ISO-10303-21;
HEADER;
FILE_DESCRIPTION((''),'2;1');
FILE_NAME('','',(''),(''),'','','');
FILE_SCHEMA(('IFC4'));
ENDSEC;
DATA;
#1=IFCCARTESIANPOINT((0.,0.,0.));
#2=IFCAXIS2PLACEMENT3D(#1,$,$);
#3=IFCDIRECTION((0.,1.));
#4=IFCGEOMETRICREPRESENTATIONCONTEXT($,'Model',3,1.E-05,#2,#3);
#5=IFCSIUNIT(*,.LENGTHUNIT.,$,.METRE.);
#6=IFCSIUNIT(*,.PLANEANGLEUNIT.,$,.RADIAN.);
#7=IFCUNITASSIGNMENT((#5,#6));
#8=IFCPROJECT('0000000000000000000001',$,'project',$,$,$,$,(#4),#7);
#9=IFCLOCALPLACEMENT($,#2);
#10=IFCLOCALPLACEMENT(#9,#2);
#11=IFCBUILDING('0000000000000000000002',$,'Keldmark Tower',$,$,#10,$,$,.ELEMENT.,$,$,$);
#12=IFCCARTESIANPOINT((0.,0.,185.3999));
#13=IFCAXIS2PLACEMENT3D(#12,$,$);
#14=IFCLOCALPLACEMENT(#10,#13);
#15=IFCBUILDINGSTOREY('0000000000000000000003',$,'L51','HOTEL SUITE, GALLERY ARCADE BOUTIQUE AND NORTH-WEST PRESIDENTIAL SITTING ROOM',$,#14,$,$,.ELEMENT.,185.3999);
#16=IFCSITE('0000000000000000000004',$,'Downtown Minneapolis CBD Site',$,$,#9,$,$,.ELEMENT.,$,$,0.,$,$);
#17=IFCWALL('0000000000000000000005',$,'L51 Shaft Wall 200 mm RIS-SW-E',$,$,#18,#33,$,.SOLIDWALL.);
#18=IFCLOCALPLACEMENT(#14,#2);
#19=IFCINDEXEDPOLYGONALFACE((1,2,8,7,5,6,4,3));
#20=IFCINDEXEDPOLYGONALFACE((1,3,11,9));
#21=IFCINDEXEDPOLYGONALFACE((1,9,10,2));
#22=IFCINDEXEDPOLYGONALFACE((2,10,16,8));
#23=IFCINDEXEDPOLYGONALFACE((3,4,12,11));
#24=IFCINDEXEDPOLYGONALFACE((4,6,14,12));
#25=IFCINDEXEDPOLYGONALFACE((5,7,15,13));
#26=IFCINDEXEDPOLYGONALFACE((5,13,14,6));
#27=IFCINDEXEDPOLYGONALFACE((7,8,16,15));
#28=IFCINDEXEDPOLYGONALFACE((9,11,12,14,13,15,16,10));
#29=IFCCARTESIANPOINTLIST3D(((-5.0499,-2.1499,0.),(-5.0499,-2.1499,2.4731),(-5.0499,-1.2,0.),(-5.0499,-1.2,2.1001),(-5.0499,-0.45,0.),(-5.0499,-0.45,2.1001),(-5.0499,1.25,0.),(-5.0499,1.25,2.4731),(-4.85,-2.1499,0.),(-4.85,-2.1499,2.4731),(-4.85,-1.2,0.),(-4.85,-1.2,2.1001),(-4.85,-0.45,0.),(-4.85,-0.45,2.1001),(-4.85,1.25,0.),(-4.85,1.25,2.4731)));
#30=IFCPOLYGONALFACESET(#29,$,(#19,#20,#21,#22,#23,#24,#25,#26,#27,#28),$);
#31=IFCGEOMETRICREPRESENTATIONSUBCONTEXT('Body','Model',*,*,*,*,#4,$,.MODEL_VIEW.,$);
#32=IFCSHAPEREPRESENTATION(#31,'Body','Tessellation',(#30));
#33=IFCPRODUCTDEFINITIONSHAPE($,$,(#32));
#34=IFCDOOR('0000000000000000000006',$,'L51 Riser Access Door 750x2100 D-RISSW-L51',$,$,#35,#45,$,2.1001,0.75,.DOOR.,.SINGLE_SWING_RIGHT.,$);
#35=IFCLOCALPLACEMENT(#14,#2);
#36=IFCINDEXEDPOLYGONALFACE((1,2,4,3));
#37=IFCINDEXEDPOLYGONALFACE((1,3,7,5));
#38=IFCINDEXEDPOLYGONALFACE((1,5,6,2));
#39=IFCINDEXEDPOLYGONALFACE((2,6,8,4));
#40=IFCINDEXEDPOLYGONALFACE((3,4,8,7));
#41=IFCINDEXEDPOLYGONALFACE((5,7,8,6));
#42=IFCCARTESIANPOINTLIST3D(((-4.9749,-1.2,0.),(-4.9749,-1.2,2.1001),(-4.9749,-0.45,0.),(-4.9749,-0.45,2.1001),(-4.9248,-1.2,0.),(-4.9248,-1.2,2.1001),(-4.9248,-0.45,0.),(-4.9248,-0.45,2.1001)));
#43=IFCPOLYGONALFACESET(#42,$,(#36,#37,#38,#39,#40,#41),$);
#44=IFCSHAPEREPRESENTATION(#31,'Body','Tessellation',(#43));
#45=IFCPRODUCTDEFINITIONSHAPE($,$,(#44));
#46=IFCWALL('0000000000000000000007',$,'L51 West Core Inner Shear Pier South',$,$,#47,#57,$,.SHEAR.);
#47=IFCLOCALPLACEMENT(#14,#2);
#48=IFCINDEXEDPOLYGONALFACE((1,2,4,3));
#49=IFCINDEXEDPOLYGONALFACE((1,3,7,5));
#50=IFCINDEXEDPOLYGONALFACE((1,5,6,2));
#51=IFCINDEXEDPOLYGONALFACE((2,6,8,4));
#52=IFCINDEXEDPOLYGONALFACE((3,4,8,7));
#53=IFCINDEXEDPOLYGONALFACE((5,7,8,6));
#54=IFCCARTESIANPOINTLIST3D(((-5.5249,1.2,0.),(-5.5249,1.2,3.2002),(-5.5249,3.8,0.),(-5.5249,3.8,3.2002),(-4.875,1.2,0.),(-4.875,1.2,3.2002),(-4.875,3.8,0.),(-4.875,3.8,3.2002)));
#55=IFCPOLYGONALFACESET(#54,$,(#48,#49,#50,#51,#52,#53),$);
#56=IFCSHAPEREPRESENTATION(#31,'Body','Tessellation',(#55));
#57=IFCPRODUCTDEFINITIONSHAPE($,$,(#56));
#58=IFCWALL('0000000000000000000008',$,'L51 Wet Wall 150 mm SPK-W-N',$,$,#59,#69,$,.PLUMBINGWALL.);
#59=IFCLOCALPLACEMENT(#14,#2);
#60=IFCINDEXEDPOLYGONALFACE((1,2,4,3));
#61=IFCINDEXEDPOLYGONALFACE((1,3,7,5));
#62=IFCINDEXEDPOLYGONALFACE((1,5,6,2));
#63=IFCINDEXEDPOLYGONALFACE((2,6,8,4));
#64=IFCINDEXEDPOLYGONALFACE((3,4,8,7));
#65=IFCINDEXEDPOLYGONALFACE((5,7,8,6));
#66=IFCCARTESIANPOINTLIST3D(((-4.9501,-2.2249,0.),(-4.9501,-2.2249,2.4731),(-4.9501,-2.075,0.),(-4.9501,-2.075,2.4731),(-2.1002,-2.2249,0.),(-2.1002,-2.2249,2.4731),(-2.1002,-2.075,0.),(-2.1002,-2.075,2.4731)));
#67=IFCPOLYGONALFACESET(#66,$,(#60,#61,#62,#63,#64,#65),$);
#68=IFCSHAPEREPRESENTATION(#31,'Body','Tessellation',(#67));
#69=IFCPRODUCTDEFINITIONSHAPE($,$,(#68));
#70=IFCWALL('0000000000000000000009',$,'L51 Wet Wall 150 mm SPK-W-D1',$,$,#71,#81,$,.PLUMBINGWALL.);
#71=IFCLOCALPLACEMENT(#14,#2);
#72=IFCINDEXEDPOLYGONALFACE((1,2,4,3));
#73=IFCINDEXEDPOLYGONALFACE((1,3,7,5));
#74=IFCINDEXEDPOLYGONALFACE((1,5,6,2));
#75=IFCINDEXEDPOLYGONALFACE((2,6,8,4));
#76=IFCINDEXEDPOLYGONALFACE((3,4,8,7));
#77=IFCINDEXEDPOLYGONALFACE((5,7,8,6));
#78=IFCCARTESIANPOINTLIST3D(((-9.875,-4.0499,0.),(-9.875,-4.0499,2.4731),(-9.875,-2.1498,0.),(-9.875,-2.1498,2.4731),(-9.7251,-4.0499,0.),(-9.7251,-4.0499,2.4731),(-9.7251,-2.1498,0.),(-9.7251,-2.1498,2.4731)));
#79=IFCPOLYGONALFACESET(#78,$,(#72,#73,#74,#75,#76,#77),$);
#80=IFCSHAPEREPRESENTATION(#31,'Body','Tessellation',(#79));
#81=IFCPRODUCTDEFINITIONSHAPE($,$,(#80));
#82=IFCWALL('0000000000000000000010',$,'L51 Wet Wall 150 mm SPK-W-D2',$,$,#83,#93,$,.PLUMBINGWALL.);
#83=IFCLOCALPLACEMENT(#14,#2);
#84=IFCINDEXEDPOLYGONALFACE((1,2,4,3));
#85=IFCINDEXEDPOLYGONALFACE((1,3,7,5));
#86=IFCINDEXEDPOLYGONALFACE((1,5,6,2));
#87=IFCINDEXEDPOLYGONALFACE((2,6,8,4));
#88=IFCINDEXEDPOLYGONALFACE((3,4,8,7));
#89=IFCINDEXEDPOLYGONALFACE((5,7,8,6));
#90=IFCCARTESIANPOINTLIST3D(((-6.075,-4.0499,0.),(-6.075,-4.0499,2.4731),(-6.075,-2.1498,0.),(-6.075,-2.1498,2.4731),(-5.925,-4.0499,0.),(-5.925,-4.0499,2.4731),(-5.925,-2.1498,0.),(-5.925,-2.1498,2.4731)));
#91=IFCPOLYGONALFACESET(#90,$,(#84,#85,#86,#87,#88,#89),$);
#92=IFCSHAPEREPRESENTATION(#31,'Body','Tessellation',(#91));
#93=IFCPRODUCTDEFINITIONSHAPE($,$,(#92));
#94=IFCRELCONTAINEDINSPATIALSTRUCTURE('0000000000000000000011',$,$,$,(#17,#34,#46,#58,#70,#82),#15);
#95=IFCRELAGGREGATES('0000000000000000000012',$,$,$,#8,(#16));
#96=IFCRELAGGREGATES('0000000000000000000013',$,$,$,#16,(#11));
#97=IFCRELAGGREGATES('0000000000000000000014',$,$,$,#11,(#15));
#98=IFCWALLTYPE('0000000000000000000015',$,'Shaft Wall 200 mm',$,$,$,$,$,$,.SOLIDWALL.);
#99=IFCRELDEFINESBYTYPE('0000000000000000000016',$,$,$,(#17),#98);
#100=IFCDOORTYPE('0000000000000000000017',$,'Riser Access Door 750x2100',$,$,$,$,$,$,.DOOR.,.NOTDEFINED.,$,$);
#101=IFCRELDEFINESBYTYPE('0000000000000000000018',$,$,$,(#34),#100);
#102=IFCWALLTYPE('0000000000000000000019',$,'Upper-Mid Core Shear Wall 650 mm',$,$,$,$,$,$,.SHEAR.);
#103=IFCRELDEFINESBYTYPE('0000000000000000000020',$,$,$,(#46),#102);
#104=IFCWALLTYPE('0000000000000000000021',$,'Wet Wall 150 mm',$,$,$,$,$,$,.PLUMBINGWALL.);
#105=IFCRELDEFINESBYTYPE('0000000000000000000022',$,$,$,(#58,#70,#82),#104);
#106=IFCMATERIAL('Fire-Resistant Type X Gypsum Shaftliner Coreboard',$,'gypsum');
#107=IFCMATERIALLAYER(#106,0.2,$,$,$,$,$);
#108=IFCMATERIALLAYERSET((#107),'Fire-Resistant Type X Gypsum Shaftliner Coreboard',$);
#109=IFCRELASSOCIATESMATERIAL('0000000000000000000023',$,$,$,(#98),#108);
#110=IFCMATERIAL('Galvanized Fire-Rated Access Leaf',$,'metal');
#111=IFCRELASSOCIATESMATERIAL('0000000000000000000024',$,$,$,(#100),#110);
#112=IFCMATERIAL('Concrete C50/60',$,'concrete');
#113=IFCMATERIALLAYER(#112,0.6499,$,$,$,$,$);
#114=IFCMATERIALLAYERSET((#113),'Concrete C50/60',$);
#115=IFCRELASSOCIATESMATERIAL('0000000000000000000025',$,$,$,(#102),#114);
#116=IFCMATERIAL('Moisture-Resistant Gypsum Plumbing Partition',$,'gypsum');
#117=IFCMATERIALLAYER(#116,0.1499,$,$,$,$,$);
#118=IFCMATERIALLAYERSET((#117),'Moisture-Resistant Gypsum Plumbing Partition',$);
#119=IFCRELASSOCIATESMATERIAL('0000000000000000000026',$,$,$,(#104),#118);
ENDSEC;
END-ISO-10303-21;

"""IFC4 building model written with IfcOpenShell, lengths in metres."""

from ifc_helpers import new_model, si_unit, direction, frame, frame_2d, origin, place, context, subcontext, project, spatial, rectangle, extrude, material, layer, layer_set, type_object, element, fill, save


model = new_model("IFC4")

# Units and contexts
model_context = context("Model", 3, precision=1e-05, world=origin(), true_north=direction((0.0, 1.0)))
body_context = subcontext(model_context, "Body", "Model", "MODEL_VIEW")
ifc_project = project(units=[si_unit("LENGTHUNIT", "METRE"), si_unit("PLANEANGLEUNIT", "RADIAN")], contexts=[model_context])

# Site, building, storey
site_placement = place(None, origin())
site = spatial("IfcSite", under=ifc_project, at=site_placement, Name="Downtown Minneapolis CBD Site", CompositionType="ELEMENT", RefElevation=0.0)
building_placement = place(site_placement, origin())
building = spatial("IfcBuilding", under=site, at=building_placement, Name="Keldmark Tower", CompositionType="ELEMENT")
storey_placement = place(building_placement, frame((0.0, 0.0, 185.3999)))
storey = spatial("IfcBuildingStorey", under=building, at=storey_placement, Name="L51", Description="HOTEL SUITE, GALLERY ARCADE BOUTIQUE AND NORTH-WEST PRESIDENTIAL SITTING ROOM", CompositionType="ELEMENT", Elevation=185.3999)

# Shared definitions
ifc_material_1 = material(Name="Fire-Resistant Type X Gypsum Shaftliner Coreboard", Category="gypsum")
ifc_layer_1 = layer(ifc_material_1, 0.2)
ifc_layer_set_1 = layer_set([ifc_layer_1], Name="Fire-Resistant Type X Gypsum Shaftliner Coreboard")
wall_type_1 = type_object("IfcWallType", Name="Shaft Wall 200 mm", PredefinedType="SOLIDWALL", material=ifc_layer_set_1)

# Wall, opening, door
wall_1_placement = place(storey_placement, frame((-4.95, -2.1499, 0.0), z_axis=(0.0, 0.0, 1.0), x_axis=(0.0, 1.0, 0.0)))
wall_1 = element("IfcWall", 1, at=wall_1_placement, inside=storey, type_object=wall_type_1, Name="L51 Shaft Wall 200 mm RIS-SW-E", PredefinedType="SOLIDWALL", context=body_context, shape_type="SweptSolid", body=[
    extrude(rectangle(XDim=3.3999, YDim=0.2, at=frame_2d((1.7, 0.0))), origin(), (0.0, 0.0, 1.0), 2.4731),
])
opening_1_placement = place(wall_1_placement, frame((0.95, 0.0, 0.0)))
opening_1 = element("IfcOpeningElement", 2, at=opening_1_placement, cuts=wall_1, PredefinedType="OPENING", context=body_context, shape_type="SweptSolid", body=[
    extrude(rectangle(XDim=0.75, YDim=2.1001, at=frame_2d((0.375, 1.05))), frame((0.0, 0.1099, 0.0), z_axis=(0.0, -1.0, 0.0), x_axis=(1.0, 0.0, 0.0)), (0.0, 0.0, 1.0), 0.22),
])
ifc_material_2 = material(Name="Galvanized Fire-Rated Access Leaf", Category="metal")
door_type_1 = type_object("IfcDoorType", Name="Riser Access Door 750x2100", OperationType="NOTDEFINED", PredefinedType="DOOR", material=ifc_material_2)
door_1_placement = place(opening_1_placement, origin())
door_1 = element("IfcDoor", 3, at=door_1_placement, inside=storey, type_object=door_type_1, Name="L51 Riser Access Door 750x2100 D-RISSW-L51", OperationType="SINGLE_SWING_RIGHT", OverallHeight=2.1001, OverallWidth=0.75, PredefinedType="DOOR", context=body_context, shape_type="SweptSolid", body=[
    extrude(rectangle(XDim=0.75, YDim=2.1001, at=frame_2d((0.375, 1.05))), frame((0.0, 0.0249, 0.0), z_axis=(0.0, -1.0, 0.0), x_axis=(1.0, 0.0, 0.0)), (0.0, 0.0, 1.0), 0.05),
])
fill(opening_1, door_1)

# Walls
ifc_material_3 = material(Name="Concrete C50/60", Category="concrete")
ifc_layer_2 = layer(ifc_material_3, 0.6499)
ifc_layer_set_2 = layer_set([ifc_layer_2], Name="Concrete C50/60")
wall_type_2 = type_object("IfcWallType", Name="Upper-Mid Core Shear Wall 650 mm", PredefinedType="SHEAR", material=ifc_layer_set_2)
wall_2_placement = place(storey_placement, frame((-5.2, 1.2, 0.0), z_axis=(0.0, 0.0, 1.0), x_axis=(0.0, 1.0, 0.0)))
element("IfcWall", 4, at=wall_2_placement, inside=storey, type_object=wall_type_2, Name="L51 West Core Inner Shear Pier South", PredefinedType="SHEAR", context=body_context, shape_type="SweptSolid", body=[
    extrude(rectangle(XDim=2.6001, YDim=0.6499, at=frame_2d((1.3, 0.0))), origin(), (0.0, 0.0, 1.0), 3.2002),
])
ifc_material_4 = material(Name="Moisture-Resistant Gypsum Plumbing Partition", Category="gypsum")
ifc_layer_3 = layer(ifc_material_4, 0.1499)
ifc_layer_set_3 = layer_set([ifc_layer_3], Name="Moisture-Resistant Gypsum Plumbing Partition")
wall_type_3 = type_object("IfcWallType", Name="Wet Wall 150 mm", PredefinedType="PLUMBINGWALL", material=ifc_layer_set_3)
wall_3_placement = place(storey_placement, frame((-4.95, -2.1499, 0.0), z_axis=(0.0, 0.0, 1.0), x_axis=(1.0, 0.0, 0.0)))
element("IfcWall", 5, at=wall_3_placement, inside=storey, type_object=wall_type_3, Name="L51 Wet Wall 150 mm SPK-W-N", PredefinedType="PLUMBINGWALL", context=body_context, shape_type="SweptSolid", body=[
    extrude(rectangle(XDim=2.8499, YDim=0.1499, at=frame_2d((1.4248, 0.0))), origin(), (0.0, 0.0, 1.0), 2.4731),
])
for number, where, z_axis, x_axis, name in (
    (6, (-9.8, -4.05, 0.0), (0.0, 0.0, 1.0), (0.0, 1.0, 0.0), "L51 Wet Wall 150 mm SPK-W-D1"),
    (7, (-6.0, -4.05, 0.0), (0.0, 0.0, 1.0), (0.0, 1.0, 0.0), "L51 Wet Wall 150 mm SPK-W-D2"),
):
    element("IfcWall", number, at=place(storey_placement, frame(where, z_axis=z_axis, x_axis=x_axis)), inside=storey, type_object=wall_type_3, Name=name, PredefinedType="PLUMBINGWALL", context=body_context, shape_type="SweptSolid", body=[
        extrude(rectangle(XDim=1.9001, YDim=0.1499, at=frame_2d((0.9502, 0.0))), origin(), (0.0, 0.0, 1.0), 2.4731),
    ])

save(model, "model.ifc")
